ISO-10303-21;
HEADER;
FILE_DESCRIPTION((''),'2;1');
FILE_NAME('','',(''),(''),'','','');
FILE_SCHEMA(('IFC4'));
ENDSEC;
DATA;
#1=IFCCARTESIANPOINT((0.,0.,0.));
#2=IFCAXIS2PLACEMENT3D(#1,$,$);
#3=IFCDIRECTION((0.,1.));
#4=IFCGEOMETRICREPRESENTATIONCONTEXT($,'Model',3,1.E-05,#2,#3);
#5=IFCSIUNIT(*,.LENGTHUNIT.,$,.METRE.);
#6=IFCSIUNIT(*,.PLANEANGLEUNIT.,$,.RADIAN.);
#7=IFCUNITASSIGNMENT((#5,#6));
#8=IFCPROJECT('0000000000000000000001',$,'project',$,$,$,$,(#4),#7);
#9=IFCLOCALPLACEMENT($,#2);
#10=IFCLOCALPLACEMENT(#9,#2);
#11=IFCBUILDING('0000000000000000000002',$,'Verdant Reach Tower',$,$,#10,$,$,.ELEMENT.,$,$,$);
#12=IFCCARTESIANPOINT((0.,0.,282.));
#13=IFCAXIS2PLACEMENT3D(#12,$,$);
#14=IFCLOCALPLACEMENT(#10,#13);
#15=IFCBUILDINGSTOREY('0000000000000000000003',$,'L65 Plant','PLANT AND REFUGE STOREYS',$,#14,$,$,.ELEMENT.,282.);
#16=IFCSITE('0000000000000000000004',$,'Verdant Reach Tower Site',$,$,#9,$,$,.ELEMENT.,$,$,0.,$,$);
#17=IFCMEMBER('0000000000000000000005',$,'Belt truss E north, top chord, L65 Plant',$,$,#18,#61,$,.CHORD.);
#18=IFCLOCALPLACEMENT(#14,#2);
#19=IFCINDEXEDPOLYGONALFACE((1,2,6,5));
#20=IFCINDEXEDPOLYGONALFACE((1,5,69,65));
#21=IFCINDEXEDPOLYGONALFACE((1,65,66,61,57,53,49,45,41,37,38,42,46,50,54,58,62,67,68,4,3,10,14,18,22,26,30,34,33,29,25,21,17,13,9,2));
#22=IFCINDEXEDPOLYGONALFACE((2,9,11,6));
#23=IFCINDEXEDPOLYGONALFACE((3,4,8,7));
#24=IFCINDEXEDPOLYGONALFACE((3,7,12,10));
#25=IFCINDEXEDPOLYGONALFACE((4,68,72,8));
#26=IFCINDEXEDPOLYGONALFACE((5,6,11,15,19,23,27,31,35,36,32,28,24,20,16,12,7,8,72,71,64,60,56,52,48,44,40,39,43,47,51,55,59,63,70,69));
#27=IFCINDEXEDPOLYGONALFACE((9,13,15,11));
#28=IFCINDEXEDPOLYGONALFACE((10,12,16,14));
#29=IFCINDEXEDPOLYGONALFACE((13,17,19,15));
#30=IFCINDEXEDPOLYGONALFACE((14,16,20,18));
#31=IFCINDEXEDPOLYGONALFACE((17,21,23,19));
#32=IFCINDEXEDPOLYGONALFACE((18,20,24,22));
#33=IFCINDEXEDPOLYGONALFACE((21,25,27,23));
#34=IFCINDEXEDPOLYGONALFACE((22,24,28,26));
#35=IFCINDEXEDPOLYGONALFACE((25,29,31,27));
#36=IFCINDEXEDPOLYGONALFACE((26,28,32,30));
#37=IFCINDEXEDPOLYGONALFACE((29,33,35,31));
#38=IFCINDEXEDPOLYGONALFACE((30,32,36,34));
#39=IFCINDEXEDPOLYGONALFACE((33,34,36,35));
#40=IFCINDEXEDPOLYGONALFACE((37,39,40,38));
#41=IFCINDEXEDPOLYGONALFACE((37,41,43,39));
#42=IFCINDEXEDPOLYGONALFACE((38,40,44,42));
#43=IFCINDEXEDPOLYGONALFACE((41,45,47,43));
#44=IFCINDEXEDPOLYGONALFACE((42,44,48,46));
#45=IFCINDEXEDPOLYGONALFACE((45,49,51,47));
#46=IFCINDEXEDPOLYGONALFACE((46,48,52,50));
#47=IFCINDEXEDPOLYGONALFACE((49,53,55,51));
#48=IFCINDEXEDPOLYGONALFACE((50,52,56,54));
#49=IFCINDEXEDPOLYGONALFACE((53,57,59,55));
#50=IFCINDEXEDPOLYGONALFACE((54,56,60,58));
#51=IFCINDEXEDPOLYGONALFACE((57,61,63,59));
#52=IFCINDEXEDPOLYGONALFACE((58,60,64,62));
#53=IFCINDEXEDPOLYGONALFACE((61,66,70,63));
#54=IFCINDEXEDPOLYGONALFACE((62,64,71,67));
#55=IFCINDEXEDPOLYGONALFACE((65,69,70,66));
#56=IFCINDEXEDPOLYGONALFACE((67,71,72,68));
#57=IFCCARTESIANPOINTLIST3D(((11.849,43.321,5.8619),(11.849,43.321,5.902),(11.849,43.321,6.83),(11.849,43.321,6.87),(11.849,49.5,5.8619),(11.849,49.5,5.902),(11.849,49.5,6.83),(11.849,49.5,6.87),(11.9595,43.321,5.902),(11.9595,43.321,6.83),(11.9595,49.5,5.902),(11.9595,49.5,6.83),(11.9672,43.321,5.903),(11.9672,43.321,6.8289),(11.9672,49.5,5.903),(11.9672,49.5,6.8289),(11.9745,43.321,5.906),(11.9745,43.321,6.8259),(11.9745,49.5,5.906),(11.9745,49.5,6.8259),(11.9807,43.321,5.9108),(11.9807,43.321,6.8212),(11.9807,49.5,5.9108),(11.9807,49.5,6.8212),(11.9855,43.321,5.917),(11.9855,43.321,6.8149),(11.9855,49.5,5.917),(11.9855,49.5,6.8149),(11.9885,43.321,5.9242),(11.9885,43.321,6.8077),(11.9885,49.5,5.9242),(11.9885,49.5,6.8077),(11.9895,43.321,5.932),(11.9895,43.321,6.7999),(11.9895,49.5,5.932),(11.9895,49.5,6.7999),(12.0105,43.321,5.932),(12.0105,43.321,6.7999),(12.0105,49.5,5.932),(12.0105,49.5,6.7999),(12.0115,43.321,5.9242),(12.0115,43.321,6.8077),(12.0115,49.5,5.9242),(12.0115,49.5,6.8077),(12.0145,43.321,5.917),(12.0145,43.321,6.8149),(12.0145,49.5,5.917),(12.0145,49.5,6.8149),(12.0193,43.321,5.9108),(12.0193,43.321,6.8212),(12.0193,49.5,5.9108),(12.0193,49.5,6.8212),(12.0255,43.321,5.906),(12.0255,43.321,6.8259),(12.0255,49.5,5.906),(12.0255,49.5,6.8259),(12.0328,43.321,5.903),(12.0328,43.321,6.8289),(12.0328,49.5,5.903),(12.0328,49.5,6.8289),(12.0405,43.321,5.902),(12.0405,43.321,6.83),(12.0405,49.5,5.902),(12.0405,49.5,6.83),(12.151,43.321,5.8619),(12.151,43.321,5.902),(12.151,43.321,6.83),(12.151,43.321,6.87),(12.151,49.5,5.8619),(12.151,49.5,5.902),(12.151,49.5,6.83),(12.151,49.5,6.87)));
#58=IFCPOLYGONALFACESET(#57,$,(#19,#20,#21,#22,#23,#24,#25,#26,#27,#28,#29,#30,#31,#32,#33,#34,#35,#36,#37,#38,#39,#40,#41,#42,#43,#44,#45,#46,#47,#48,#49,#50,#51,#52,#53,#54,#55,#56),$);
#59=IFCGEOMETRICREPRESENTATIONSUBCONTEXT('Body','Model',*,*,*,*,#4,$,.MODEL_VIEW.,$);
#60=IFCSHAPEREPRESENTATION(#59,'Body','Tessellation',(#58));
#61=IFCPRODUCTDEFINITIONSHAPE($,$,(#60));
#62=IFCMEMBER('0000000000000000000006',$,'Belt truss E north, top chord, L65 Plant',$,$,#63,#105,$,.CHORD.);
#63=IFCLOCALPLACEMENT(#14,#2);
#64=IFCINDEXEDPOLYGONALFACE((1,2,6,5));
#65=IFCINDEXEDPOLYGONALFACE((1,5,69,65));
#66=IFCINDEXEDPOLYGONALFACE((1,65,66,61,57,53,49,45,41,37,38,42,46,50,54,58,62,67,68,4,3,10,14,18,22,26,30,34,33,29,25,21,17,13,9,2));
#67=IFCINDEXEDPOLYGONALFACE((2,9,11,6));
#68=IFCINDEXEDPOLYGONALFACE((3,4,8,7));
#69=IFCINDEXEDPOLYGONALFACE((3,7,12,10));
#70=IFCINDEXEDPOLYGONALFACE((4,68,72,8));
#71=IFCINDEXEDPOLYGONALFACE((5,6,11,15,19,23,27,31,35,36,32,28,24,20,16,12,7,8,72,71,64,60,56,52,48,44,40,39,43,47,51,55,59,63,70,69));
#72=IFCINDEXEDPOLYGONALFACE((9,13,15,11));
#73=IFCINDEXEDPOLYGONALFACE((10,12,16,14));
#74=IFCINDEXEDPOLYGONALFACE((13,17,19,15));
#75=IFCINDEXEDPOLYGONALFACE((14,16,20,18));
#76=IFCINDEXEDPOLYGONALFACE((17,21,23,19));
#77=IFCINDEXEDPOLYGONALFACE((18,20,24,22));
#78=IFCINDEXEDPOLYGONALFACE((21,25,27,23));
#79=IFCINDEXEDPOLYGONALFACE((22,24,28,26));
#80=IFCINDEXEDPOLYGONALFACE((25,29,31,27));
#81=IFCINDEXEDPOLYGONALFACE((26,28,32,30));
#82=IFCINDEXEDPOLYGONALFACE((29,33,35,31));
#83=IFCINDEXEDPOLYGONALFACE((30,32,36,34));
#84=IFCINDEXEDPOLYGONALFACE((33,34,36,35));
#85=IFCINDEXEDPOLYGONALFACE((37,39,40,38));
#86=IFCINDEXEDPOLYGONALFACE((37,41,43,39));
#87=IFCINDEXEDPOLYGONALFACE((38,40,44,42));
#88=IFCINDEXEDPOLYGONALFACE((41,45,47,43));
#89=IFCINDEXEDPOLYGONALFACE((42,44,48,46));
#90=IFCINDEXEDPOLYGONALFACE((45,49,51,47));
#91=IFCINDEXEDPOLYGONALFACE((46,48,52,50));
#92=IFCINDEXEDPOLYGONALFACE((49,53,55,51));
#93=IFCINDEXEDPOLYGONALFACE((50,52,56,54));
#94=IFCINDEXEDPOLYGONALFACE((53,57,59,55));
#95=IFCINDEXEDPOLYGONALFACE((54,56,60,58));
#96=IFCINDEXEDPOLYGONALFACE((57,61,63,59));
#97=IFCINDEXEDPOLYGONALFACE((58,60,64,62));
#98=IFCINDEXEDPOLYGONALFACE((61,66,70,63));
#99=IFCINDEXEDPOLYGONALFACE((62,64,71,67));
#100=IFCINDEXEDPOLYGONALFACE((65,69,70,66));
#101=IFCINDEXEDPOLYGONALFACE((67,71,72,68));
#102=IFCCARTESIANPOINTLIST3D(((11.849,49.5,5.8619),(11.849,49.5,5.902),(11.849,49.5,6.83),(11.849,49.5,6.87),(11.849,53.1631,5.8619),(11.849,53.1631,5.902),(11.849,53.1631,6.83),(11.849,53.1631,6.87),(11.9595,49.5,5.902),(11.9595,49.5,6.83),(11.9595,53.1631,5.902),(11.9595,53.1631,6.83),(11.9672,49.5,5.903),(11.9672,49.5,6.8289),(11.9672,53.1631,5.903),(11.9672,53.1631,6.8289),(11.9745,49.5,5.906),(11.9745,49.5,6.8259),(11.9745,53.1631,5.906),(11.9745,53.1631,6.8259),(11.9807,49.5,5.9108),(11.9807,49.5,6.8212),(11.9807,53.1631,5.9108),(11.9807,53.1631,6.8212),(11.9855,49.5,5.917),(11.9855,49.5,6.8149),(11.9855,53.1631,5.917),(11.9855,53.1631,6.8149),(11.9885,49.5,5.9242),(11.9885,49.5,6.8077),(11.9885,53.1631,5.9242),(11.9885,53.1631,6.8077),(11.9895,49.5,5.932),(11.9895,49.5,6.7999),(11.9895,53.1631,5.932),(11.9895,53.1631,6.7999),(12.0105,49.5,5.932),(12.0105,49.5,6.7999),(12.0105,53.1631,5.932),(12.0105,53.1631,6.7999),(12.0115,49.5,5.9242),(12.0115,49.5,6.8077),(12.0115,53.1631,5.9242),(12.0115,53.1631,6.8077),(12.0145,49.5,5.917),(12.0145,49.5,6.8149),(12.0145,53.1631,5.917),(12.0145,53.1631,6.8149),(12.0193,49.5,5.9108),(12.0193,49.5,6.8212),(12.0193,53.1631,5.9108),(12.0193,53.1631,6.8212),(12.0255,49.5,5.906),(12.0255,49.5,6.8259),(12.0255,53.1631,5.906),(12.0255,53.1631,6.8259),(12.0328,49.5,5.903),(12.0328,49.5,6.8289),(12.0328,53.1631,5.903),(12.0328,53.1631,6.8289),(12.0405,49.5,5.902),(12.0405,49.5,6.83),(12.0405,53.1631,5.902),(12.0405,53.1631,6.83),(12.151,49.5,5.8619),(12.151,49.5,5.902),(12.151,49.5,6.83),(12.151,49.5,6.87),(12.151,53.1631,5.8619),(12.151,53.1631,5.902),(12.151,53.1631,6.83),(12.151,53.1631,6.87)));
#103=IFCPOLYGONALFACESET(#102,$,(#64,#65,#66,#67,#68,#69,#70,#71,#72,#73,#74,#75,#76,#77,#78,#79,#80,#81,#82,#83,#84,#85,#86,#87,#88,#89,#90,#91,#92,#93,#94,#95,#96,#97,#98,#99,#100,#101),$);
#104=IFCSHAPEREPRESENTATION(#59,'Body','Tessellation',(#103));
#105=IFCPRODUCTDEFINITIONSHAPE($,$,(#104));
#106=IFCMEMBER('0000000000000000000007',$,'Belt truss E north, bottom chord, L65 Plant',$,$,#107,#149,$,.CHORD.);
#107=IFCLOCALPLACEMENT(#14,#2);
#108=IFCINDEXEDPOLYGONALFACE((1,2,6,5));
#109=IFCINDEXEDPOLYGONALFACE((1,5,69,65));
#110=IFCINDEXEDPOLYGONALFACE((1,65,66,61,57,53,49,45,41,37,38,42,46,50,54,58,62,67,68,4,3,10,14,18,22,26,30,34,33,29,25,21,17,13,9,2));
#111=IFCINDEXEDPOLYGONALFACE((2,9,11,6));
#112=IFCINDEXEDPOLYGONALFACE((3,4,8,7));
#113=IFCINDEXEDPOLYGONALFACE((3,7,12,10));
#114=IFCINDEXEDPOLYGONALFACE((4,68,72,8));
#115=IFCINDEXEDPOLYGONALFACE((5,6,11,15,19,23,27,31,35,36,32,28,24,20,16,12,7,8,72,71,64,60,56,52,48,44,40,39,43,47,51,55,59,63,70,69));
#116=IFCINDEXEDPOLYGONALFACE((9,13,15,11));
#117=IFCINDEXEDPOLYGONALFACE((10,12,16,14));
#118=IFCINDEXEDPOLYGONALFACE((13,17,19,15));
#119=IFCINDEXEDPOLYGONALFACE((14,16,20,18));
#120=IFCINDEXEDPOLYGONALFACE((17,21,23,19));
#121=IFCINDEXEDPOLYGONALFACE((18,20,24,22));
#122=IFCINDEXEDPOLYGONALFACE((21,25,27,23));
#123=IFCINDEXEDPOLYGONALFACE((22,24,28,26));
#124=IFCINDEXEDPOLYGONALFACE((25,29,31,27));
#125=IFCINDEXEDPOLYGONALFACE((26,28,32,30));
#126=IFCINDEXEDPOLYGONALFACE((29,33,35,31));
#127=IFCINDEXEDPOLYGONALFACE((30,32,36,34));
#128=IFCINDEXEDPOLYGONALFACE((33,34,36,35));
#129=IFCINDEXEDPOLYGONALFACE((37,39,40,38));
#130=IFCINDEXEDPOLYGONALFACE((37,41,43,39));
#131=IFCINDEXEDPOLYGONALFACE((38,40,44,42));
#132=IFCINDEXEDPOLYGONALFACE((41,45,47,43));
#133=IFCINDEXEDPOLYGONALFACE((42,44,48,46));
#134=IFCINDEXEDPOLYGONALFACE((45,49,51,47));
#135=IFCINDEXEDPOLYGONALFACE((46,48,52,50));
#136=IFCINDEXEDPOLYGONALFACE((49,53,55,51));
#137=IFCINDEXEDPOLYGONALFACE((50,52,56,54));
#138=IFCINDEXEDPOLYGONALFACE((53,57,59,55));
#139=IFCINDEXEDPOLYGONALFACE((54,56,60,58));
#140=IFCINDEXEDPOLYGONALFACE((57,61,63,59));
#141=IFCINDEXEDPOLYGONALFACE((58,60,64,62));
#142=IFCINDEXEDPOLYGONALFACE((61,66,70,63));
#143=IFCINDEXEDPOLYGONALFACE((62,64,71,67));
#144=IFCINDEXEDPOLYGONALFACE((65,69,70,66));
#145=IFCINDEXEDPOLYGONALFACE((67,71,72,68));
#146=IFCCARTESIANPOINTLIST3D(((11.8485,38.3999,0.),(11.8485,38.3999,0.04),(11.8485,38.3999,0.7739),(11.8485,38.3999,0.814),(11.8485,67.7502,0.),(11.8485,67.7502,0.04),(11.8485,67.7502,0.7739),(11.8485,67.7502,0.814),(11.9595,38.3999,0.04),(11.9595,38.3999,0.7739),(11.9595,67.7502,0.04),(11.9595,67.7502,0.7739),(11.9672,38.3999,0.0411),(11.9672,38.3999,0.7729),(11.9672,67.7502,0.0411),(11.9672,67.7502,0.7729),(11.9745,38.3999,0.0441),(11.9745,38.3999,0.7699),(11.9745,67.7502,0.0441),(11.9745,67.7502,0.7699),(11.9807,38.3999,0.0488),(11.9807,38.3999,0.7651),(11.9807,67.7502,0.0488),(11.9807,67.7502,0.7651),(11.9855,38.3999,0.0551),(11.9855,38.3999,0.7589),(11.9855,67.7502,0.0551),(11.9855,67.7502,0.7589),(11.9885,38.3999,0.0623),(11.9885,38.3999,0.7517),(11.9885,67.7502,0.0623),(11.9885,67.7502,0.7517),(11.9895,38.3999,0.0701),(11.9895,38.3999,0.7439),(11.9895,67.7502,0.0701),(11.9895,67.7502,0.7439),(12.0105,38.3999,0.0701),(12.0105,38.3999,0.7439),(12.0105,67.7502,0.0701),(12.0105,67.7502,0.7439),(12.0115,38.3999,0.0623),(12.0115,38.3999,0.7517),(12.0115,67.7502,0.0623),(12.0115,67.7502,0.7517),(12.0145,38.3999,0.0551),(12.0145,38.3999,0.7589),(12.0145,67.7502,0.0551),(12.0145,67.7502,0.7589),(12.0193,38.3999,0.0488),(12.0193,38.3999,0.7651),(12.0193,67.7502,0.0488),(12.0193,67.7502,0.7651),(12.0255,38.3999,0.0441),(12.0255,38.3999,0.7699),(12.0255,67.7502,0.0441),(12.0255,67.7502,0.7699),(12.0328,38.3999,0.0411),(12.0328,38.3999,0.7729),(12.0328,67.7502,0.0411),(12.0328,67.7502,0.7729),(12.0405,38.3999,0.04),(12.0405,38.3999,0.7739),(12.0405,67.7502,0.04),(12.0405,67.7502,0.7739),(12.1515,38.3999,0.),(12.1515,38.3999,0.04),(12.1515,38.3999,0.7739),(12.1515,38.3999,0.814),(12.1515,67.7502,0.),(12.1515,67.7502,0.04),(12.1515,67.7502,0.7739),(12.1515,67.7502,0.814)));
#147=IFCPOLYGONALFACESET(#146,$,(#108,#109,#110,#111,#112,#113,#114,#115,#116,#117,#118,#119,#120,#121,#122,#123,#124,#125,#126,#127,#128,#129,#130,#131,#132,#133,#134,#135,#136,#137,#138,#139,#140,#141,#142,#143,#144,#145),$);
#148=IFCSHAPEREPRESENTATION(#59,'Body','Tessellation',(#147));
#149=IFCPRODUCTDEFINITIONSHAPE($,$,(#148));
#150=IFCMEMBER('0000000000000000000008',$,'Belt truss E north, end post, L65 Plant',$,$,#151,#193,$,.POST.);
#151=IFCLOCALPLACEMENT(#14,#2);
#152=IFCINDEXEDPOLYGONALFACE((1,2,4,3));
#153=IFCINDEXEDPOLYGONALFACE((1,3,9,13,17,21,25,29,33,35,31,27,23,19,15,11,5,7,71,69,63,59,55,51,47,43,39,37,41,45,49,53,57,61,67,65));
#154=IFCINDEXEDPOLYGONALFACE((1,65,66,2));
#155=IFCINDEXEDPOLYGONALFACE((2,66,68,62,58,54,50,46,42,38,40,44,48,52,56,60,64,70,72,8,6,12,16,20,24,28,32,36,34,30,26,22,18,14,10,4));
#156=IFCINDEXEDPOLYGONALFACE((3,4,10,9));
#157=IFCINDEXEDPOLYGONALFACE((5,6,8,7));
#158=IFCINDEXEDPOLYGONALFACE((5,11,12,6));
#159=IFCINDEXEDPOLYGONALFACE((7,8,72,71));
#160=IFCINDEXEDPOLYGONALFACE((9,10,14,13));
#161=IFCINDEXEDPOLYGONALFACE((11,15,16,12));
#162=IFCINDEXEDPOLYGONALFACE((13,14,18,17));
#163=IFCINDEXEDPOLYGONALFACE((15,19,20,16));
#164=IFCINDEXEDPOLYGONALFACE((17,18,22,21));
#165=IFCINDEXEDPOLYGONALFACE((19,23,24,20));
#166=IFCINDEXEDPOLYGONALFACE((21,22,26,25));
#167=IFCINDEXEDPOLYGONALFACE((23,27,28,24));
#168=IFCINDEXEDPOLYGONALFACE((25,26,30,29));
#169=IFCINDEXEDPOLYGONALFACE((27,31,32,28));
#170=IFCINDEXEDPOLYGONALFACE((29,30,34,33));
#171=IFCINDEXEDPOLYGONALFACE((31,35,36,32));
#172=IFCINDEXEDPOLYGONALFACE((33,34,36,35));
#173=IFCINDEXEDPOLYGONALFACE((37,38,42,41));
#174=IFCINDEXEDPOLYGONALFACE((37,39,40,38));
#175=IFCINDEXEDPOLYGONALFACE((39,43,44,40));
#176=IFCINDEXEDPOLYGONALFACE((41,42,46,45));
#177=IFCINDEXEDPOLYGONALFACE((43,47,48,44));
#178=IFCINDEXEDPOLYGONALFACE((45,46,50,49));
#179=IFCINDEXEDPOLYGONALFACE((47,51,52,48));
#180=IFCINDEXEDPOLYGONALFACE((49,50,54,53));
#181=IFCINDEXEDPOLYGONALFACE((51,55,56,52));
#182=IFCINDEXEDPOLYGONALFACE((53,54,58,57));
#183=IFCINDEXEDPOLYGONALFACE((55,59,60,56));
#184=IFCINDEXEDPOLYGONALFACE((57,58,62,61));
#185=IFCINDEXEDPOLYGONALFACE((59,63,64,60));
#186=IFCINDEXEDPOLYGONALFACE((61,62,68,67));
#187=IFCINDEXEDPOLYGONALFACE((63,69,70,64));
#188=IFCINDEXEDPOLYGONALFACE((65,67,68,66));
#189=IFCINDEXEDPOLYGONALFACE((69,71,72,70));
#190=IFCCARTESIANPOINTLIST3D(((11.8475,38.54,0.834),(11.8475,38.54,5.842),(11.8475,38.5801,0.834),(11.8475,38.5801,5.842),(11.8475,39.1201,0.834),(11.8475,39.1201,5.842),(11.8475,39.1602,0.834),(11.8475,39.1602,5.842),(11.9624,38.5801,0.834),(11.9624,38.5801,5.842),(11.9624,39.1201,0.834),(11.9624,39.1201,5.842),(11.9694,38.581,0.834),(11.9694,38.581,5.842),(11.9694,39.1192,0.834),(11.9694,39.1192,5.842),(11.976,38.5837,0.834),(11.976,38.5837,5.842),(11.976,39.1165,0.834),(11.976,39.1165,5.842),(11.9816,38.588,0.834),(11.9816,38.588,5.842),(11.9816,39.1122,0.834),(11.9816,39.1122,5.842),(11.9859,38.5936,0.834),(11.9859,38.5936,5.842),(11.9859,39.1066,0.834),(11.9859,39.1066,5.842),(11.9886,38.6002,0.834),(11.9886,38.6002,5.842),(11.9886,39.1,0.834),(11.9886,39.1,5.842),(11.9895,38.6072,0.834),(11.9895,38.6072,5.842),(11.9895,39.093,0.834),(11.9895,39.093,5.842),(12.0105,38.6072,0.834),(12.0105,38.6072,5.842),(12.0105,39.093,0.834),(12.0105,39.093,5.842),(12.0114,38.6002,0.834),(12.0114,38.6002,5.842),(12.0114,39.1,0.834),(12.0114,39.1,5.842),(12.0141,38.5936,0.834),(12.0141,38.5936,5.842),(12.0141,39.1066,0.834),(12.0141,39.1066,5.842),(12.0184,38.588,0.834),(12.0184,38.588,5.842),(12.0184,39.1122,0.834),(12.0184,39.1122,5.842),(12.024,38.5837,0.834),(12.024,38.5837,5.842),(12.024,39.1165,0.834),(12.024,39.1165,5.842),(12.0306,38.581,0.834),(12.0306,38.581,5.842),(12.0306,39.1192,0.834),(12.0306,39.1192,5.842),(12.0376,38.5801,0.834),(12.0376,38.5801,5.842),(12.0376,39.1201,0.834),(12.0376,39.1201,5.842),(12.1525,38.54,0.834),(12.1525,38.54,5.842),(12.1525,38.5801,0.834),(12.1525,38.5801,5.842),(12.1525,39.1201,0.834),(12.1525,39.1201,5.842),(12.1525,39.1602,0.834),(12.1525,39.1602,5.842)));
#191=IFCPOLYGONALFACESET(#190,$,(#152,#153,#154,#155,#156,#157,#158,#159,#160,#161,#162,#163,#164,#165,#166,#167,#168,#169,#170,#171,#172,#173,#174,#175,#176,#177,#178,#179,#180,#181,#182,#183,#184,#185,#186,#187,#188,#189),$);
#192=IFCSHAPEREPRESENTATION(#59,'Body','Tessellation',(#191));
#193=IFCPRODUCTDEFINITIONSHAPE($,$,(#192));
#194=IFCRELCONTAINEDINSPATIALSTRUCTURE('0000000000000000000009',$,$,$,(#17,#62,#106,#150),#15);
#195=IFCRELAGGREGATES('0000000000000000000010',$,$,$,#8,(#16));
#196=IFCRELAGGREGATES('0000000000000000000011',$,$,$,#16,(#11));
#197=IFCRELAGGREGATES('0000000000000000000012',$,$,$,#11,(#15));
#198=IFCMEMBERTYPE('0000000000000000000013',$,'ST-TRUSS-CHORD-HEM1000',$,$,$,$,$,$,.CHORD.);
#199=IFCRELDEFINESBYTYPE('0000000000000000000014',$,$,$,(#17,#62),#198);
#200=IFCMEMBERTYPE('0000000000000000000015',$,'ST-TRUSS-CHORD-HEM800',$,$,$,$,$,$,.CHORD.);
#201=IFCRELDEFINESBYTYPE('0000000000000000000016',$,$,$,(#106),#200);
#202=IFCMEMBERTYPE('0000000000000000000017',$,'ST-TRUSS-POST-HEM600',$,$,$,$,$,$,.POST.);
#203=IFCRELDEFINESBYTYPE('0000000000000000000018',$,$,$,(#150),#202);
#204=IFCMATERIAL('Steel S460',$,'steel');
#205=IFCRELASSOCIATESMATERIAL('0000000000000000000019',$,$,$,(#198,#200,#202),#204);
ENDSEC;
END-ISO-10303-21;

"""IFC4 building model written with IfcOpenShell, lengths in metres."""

from ifc_helpers import new_model, si_unit, direction, frame, origin, origin_2d, place, context, subcontext, project, spatial, i_section, extrude, material, material_profile, profile_set, type_object, element, save


model = new_model("IFC4")

# Units and contexts
model_context = context("Model", 3, precision=1e-05, world=origin(), true_north=direction((0.0, 1.0)))
body_context = subcontext(model_context, "Body", "Model", "MODEL_VIEW")
ifc_project = project(units=[si_unit("LENGTHUNIT", "METRE"), si_unit("PLANEANGLEUNIT", "RADIAN")], contexts=[model_context])

# Site, building, storey
site_placement = place(None, origin())
site = spatial("IfcSite", under=ifc_project, at=site_placement, Name="Verdant Reach Tower Site", CompositionType="ELEMENT", RefElevation=0.0)
building_placement = place(site_placement, origin())
building = spatial("IfcBuilding", under=site, at=building_placement, Name="Verdant Reach Tower", CompositionType="ELEMENT")
storey_placement = place(building_placement, frame((0.0, 0.0, 282.0)))
storey = spatial("IfcBuildingStorey", under=building, at=storey_placement, Name="L65 Plant", Description="PLANT AND REFUGE STOREYS", CompositionType="ELEMENT", Elevation=282.0)

# Shared definitions
ifc_material_1 = material(Name="Steel S460", Category="steel")

# Members
ifc_material_profile_1 = material_profile(ifc_material_1, i_section(OverallWidth=0.302, OverallDepth=1.0081, WebThickness=0.021, FlangeThickness=0.04, FilletRadius=0.03, at=origin_2d()), Name="HEM 1000")
ifc_profile_set_1 = profile_set([ifc_material_profile_1], Name="Steel S460")
member_type_1 = type_object("IfcMemberType", Name="ST-TRUSS-CHORD-HEM1000", PredefinedType="CHORD", material=ifc_profile_set_1)
member_1_placement = place(storey_placement, frame((12.0, 43.321, 6.366), z_axis=(0.0, 1.0, 0.0), x_axis=(-1.0, 0.0, 0.0)))
element("IfcMember", 1, at=member_1_placement, inside=storey, type_object=member_type_1, Name="Belt truss E north, top chord, L65 Plant", PredefinedType="CHORD", context=body_context, shape_type="SweptSolid", body=[
    extrude(i_section(OverallWidth=0.302, OverallDepth=1.0081, WebThickness=0.021, FlangeThickness=0.04, FilletRadius=0.03, at=origin_2d()), origin(), (0.0, 0.0, 1.0), 6.179),
])
member_2_placement = place(storey_placement, frame((12.0, 49.5, 6.366), z_axis=(0.0, 1.0, 0.0), x_axis=(-1.0, 0.0, 0.0)))
element("IfcMember", 2, at=member_2_placement, inside=storey, type_object=member_type_1, Name="Belt truss E north, top chord, L65 Plant", PredefinedType="CHORD", context=body_context, shape_type="SweptSolid", body=[
    extrude(i_section(OverallWidth=0.302, OverallDepth=1.0081, WebThickness=0.021, FlangeThickness=0.04, FilletRadius=0.03, at=origin_2d()), origin(), (0.0, 0.0, 1.0), 3.6631),
])
ifc_material_profile_2 = material_profile(ifc_material_1, i_section(OverallWidth=0.303, OverallDepth=0.814, WebThickness=0.021, FlangeThickness=0.04, FilletRadius=0.03, at=origin_2d()), Name="HEM 800")
ifc_profile_set_2 = profile_set([ifc_material_profile_2], Name="Steel S460")
member_type_2 = type_object("IfcMemberType", Name="ST-TRUSS-CHORD-HEM800", PredefinedType="CHORD", material=ifc_profile_set_2)
member_3_placement = place(storey_placement, frame((12.0, 38.3999, 0.407), z_axis=(0.0, 1.0, 0.0), x_axis=(-1.0, 0.0, 0.0)))
element("IfcMember", 3, at=member_3_placement, inside=storey, type_object=member_type_2, Name="Belt truss E north, bottom chord, L65 Plant", PredefinedType="CHORD", context=body_context, shape_type="SweptSolid", body=[
    extrude(i_section(OverallWidth=0.303, OverallDepth=0.814, WebThickness=0.021, FlangeThickness=0.04, FilletRadius=0.03, at=origin_2d()), origin(), (0.0, 0.0, 1.0), 29.3503),
])
ifc_material_profile_3 = material_profile(ifc_material_1, i_section(OverallWidth=0.3049, OverallDepth=0.6201, WebThickness=0.021, FlangeThickness=0.04, FilletRadius=0.0271, at=origin_2d()), Name="HEM 600")
ifc_profile_set_3 = profile_set([ifc_material_profile_3], Name="Steel S460")
member_type_3 = type_object("IfcMemberType", Name="ST-TRUSS-POST-HEM600", PredefinedType="POST", material=ifc_profile_set_3)
member_4_placement = place(storey_placement, frame((12.0, 38.8501, 0.834), z_axis=(0.0, 0.0, 1.0), x_axis=(1.0, 0.0, 0.0)))
element("IfcMember", 4, at=member_4_placement, inside=storey, type_object=member_type_3, Name="Belt truss E north, end post, L65 Plant", PredefinedType="POST", context=body_context, shape_type="SweptSolid", body=[
    extrude(i_section(OverallWidth=0.3049, OverallDepth=0.6201, WebThickness=0.021, FlangeThickness=0.04, FilletRadius=0.0271, at=origin_2d()), origin(), (0.0, 0.0, 1.0), 5.0081),
])

save(model, "model.ifc")
